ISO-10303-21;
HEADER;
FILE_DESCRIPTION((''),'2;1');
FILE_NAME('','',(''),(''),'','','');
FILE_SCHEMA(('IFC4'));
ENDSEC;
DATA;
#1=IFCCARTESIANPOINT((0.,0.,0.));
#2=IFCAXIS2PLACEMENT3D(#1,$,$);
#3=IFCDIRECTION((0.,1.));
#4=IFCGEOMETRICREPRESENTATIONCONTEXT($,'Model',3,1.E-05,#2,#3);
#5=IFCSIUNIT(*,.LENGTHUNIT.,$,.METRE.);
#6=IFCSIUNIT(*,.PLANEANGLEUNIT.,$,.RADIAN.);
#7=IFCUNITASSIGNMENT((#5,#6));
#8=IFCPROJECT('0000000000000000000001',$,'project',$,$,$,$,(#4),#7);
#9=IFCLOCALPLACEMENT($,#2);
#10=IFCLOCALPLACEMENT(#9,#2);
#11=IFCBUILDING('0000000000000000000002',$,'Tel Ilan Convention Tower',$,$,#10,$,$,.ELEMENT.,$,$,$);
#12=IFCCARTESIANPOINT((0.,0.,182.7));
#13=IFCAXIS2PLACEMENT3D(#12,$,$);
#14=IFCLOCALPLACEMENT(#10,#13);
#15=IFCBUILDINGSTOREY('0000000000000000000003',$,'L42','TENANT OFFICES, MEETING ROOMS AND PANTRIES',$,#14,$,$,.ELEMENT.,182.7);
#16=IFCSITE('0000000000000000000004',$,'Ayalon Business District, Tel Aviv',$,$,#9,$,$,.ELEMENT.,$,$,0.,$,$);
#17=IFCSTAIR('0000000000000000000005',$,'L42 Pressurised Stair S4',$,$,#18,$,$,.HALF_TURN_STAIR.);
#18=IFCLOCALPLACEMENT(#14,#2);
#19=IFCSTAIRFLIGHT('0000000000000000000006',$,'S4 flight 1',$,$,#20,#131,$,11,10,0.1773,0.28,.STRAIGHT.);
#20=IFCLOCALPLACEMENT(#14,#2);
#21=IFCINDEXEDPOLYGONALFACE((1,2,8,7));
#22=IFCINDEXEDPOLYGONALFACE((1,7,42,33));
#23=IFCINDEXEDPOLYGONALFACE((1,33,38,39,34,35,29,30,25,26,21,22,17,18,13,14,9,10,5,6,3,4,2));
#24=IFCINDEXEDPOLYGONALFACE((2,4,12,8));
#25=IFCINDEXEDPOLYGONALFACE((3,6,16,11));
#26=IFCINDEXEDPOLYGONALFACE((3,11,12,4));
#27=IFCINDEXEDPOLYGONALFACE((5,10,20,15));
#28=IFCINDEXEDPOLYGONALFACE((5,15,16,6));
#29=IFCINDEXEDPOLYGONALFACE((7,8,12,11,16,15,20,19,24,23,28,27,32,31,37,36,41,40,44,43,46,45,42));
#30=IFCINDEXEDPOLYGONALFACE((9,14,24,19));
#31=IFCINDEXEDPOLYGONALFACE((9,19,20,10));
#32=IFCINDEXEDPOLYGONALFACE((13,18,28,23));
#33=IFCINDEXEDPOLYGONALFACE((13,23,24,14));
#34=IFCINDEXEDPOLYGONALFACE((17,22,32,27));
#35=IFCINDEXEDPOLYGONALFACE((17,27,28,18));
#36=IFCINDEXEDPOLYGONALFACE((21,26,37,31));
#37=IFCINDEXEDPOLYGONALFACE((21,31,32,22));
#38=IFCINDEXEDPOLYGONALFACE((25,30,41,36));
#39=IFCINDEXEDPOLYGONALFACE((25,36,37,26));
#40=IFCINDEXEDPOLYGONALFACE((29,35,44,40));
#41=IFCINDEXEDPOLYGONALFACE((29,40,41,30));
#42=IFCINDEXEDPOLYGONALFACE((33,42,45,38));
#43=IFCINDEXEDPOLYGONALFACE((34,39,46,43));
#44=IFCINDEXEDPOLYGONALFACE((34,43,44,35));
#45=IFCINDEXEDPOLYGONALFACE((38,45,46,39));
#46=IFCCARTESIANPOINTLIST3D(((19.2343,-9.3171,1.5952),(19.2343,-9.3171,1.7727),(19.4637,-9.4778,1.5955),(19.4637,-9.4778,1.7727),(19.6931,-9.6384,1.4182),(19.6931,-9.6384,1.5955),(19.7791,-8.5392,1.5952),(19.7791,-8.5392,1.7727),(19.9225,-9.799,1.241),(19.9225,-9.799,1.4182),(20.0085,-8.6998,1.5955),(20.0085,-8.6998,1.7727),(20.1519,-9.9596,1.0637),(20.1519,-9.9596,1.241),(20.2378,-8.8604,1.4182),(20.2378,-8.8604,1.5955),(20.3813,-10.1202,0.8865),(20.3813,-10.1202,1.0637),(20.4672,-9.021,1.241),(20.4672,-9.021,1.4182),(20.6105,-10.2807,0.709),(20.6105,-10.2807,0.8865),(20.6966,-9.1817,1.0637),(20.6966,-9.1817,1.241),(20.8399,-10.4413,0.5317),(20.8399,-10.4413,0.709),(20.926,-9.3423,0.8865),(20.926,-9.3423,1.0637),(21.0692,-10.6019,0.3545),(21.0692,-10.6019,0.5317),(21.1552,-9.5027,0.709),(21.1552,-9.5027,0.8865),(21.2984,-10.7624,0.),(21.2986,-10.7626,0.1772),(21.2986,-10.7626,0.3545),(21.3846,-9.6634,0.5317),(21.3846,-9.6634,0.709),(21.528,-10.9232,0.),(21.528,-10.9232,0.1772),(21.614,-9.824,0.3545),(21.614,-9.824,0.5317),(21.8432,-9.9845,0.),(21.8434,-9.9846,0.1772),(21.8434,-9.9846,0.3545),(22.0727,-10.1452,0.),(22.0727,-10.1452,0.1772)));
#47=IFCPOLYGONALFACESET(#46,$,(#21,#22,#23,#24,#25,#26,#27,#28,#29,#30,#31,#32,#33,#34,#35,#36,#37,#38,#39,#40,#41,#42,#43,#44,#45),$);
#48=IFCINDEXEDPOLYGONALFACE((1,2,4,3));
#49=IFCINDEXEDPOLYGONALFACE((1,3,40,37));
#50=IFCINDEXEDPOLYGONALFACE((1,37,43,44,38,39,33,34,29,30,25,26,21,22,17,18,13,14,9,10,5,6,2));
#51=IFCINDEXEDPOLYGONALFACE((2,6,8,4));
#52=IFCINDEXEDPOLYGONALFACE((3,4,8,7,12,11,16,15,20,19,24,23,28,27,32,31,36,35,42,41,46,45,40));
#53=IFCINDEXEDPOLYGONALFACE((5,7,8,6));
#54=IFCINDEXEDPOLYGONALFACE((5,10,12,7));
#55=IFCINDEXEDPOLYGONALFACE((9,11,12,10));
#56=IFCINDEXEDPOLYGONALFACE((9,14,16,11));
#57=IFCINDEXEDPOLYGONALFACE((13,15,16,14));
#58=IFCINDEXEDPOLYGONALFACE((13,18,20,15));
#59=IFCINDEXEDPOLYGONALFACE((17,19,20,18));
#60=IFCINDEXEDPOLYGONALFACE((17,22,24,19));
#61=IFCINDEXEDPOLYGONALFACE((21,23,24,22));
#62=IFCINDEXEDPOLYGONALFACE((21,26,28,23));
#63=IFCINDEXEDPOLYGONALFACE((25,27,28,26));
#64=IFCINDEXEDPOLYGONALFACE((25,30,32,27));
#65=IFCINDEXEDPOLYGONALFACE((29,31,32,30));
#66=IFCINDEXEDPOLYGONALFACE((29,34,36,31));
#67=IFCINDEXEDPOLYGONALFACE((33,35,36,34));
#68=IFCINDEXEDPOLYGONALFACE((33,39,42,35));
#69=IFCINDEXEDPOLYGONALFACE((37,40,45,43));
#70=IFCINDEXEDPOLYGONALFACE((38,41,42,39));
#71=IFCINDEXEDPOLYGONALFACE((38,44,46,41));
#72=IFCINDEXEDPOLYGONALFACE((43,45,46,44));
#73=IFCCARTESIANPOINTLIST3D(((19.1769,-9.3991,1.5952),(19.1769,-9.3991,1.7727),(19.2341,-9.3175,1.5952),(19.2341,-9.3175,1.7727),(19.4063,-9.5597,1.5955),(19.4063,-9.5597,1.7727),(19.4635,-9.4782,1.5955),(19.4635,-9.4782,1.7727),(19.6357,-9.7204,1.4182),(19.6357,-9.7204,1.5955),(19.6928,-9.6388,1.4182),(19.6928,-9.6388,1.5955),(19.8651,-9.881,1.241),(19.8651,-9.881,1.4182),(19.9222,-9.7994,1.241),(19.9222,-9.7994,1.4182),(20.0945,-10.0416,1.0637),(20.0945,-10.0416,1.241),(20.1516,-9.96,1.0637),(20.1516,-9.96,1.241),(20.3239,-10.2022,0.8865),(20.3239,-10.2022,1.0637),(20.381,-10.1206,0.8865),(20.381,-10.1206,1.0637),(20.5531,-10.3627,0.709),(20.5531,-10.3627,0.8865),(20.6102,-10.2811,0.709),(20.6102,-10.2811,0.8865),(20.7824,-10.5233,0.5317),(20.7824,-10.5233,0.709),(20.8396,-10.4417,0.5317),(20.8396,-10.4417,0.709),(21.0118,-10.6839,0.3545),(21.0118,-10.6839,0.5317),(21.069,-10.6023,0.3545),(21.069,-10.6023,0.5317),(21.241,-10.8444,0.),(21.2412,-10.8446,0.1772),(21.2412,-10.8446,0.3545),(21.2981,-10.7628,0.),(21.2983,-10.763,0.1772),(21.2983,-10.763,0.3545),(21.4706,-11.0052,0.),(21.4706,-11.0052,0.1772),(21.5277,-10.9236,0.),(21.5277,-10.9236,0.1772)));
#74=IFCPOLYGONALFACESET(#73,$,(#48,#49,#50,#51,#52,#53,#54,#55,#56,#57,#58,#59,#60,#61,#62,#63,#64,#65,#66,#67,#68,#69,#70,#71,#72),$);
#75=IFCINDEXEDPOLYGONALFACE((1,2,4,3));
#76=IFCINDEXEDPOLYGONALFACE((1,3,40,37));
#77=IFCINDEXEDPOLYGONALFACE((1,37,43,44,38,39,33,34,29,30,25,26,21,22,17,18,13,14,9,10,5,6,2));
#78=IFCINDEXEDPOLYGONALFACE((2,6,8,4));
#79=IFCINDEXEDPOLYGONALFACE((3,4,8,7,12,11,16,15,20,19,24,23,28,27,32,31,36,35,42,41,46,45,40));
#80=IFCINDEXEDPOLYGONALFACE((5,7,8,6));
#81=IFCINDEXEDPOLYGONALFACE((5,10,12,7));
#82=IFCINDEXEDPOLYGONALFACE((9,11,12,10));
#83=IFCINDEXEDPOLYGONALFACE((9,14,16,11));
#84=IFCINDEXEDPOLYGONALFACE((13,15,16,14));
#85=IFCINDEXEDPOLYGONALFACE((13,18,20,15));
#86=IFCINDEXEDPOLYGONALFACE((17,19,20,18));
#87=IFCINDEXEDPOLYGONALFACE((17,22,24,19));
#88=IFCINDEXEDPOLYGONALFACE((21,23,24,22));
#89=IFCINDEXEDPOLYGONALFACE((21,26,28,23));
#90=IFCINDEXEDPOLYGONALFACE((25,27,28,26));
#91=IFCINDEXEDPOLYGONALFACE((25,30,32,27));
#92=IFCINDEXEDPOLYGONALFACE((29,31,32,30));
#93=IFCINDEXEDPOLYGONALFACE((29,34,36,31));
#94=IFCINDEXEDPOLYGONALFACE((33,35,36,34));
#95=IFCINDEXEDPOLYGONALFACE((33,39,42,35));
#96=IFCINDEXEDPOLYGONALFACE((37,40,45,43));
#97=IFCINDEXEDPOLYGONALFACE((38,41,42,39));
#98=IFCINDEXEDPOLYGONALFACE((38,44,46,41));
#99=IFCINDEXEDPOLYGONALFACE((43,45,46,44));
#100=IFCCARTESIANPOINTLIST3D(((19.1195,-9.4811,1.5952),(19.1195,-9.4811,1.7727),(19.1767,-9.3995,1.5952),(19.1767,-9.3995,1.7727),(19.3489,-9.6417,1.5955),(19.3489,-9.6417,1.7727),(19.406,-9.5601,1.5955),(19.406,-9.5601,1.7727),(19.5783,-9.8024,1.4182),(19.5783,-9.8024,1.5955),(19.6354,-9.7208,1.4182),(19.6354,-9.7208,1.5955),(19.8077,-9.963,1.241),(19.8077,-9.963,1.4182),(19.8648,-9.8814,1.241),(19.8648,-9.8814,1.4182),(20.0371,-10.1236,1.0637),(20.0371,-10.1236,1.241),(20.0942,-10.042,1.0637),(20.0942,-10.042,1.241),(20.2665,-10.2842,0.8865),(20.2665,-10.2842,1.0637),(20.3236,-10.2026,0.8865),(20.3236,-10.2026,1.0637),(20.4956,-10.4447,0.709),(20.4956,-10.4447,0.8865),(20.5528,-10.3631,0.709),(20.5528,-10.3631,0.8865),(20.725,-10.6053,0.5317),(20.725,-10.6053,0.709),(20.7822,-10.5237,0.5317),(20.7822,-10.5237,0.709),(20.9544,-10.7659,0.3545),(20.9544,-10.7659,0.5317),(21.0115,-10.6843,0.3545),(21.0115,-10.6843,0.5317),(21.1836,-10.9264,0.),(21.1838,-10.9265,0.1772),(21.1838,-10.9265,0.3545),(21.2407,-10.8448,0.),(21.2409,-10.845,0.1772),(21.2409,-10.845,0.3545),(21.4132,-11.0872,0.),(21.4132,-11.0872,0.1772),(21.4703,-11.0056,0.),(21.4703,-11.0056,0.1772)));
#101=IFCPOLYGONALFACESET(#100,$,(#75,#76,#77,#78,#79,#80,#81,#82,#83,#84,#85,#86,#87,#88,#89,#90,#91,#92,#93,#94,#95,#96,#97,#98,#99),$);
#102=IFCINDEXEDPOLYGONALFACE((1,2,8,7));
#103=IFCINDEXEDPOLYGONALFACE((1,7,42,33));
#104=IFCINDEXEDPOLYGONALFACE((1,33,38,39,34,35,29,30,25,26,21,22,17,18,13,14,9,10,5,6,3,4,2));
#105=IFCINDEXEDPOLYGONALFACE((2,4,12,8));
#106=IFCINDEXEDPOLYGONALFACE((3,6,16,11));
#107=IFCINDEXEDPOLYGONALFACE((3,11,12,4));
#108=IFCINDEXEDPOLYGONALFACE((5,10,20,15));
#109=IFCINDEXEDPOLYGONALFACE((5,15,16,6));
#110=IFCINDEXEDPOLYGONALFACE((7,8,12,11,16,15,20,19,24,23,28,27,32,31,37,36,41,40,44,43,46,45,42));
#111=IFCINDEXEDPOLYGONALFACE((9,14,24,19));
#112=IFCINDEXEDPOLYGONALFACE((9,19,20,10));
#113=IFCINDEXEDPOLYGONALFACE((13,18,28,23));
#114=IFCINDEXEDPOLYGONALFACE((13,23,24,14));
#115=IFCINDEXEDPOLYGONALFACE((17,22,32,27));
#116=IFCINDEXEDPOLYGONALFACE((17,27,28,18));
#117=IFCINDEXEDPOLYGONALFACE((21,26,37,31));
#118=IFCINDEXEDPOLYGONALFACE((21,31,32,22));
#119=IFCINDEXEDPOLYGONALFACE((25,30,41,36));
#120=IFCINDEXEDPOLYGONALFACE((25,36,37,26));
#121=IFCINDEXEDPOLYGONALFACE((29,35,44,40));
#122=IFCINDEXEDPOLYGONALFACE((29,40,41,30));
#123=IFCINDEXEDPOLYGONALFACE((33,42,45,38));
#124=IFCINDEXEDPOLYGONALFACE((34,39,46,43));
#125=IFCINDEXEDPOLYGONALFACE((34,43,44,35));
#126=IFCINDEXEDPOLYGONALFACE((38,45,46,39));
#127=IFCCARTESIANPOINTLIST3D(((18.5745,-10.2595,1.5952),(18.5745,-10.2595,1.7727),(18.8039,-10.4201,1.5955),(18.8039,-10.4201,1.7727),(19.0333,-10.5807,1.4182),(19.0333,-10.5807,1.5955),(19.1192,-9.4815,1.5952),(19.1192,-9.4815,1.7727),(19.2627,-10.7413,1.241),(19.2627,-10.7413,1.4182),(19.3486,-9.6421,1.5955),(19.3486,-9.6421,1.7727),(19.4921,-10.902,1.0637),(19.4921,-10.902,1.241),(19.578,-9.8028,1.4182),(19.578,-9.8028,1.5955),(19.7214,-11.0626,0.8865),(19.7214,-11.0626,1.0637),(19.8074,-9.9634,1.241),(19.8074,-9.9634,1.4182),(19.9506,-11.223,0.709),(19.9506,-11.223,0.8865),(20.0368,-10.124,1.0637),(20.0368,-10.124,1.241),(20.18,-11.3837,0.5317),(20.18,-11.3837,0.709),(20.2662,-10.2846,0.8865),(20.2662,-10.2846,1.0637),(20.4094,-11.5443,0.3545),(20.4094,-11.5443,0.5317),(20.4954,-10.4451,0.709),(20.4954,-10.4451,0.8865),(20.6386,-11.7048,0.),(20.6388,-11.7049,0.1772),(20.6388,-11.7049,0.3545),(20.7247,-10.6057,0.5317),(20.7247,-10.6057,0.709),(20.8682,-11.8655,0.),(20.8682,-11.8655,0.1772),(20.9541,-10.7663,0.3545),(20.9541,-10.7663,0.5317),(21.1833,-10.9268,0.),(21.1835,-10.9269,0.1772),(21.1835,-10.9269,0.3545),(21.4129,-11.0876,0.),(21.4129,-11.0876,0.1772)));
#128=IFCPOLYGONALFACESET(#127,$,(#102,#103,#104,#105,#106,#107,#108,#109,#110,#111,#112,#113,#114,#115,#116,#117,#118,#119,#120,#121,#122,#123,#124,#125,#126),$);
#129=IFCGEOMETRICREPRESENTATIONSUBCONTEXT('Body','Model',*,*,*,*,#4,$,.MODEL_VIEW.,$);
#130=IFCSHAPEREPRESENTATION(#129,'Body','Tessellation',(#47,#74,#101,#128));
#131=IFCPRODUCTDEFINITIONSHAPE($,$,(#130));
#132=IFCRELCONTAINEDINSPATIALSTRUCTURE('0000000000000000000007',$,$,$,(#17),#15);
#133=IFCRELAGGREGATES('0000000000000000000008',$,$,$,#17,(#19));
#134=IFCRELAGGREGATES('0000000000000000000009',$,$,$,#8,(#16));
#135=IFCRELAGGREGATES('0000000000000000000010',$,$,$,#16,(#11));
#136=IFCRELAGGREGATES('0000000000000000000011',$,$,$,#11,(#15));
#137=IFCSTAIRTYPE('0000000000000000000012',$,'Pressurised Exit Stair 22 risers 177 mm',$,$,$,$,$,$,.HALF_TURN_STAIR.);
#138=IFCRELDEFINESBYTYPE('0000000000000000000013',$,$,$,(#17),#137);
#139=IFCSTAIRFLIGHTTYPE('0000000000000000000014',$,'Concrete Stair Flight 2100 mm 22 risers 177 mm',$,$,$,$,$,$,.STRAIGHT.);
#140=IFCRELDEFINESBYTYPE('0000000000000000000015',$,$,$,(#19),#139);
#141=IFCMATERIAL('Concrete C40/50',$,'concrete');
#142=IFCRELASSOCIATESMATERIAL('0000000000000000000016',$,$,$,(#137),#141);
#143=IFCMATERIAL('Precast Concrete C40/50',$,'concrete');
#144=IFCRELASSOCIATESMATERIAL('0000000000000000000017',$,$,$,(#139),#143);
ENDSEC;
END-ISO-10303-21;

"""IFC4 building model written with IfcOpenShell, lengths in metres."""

from ifc_helpers import new_model, si_unit, direction, frame, origin, place, context, subcontext, project, spatial, polyline, outline, extrude, material, type_object, element, aggregate, save


model = new_model("IFC4")

# Units and contexts
model_context = context("Model", 3, precision=1e-05, world=origin(), true_north=direction((0.0, 1.0)))
body_context = subcontext(model_context, "Body", "Model", "MODEL_VIEW")
ifc_project = project(units=[si_unit("LENGTHUNIT", "METRE"), si_unit("PLANEANGLEUNIT", "RADIAN")], contexts=[model_context])

# Site, building, storey
site_placement = place(None, origin())
site = spatial("IfcSite", under=ifc_project, at=site_placement, Name="Ayalon Business District, Tel Aviv", CompositionType="ELEMENT", RefElevation=0.0)
building_placement = place(site_placement, origin())
building = spatial("IfcBuilding", under=site, at=building_placement, Name="Tel Ilan Convention Tower", CompositionType="ELEMENT")
storey_placement = place(building_placement, frame((0.0, 0.0, 182.7)))
storey = spatial("IfcBuildingStorey", under=building, at=storey_placement, Name="L42", Description="TENANT OFFICES, MEETING ROOMS AND PANTRIES", CompositionType="ELEMENT", Elevation=182.7)

# Shared definitions
ifc_material_1 = material(Name="Concrete C40/50", Category="concrete")
stair_type = type_object("IfcStairType", Name="Pressurised Exit Stair 22 risers 177 mm", PredefinedType="HALF_TURN_STAIR", material=ifc_material_1)
ifc_material_2 = material(Name="Precast Concrete C40/50", Category="concrete")
stair_flight_type = type_object("IfcStairFlightType", Name="Concrete Stair Flight 2100 mm 22 risers 177 mm", PredefinedType="STRAIGHT", material=ifc_material_2)

# Stair, stair flight
stair_1_placement = place(storey_placement, origin())
stair_1 = element("IfcStair", 1, at=stair_1_placement, inside=storey, type_object=stair_type, Name="L42 Pressurised Stair S4", PredefinedType="HALF_TURN_STAIR")
stair_flight_1_placement = place(storey_placement, frame((21.4705, -11.0054, 0.0), z_axis=(0.0, 0.0, 1.0), x_axis=(-0.819152, 0.573576, 0.0)))
stair_flight_1 = element("IfcStairFlight", 2, at=stair_flight_1_placement, type_object=stair_flight_type, Name="S4 flight 1", NumberOfRisers=11, NumberOfTreads=10, PredefinedType="STRAIGHT", RiserHeight=0.1773, TreadLength=0.28, context=body_context, shape_type="SweptSolid", body=[
    extrude(outline(polyline([(0.0, 0.0), (0.0, 0.1772), (0.28, 0.1772), (0.28, 0.3545), (0.5601, 0.3545), (0.5601, 0.5317), (0.8401, 0.5317), (0.8401, 0.709), (1.1201, 0.709), (1.1201, 0.8865), (1.3999, 0.8865), (1.3999, 1.0637), (1.6799, 1.0637), (1.6799, 1.241), (1.96, 1.241), (1.96, 1.4182), (2.24, 1.4182), (2.24, 1.5955), (2.52, 1.5955), (2.52, 1.7727), (2.8, 1.7727), (2.8, 1.95), (2.8, 1.5952), (0.2803, 0.0), (0.0, 0.0)])), frame((0.0, -0.1003, 0.0), z_axis=(0.0, -1.0, 0.0), x_axis=(1.0, 0.0, 0.0)), (0.0, 0.0, 1.0), 0.9497),
    extrude(outline(polyline([(0.0, 0.0), (0.0, 0.1772), (0.28, 0.1772), (0.28, 0.3545), (0.5601, 0.3545), (0.5601, 0.5317), (0.8401, 0.5317), (0.8401, 0.709), (1.1201, 0.709), (1.1201, 0.8865), (1.3999, 0.8865), (1.3999, 1.0637), (1.6799, 1.0637), (1.6799, 1.241), (1.96, 1.241), (1.96, 1.4182), (2.24, 1.4182), (2.24, 1.5955), (2.52, 1.5955), (2.52, 1.7727), (2.8, 1.7727), (2.8, 1.95), (2.8, 1.5952), (0.2803, 0.0), (0.0, 0.0)])), frame((0.0, -0.0002, 0.0), z_axis=(0.0, -1.0, 0.0), x_axis=(1.0, 0.0, 0.0)), (0.0, 0.0, 1.0), 0.0996),
    extrude(outline(polyline([(0.0, 0.0), (0.0, 0.1772), (0.28, 0.1772), (0.28, 0.3545), (0.5601, 0.3545), (0.5601, 0.5317), (0.8401, 0.5317), (0.8401, 0.709), (1.1201, 0.709), (1.1201, 0.8865), (1.3999, 0.8865), (1.3999, 1.0637), (1.6799, 1.0637), (1.6799, 1.241), (1.96, 1.241), (1.96, 1.4182), (2.24, 1.4182), (2.24, 1.5955), (2.52, 1.5955), (2.52, 1.7727), (2.8, 1.7727), (2.8, 1.95), (2.8, 1.5952), (0.2803, 0.0), (0.0, 0.0)])), frame((0.0, 0.0999, 0.0), z_axis=(0.0, -1.0, 0.0), x_axis=(1.0, 0.0, 0.0)), (0.0, 0.0, 1.0), 0.0996),
    extrude(outline(polyline([(0.0, 0.0), (0.0, 0.1772), (0.28, 0.1772), (0.28, 0.3545), (0.5601, 0.3545), (0.5601, 0.5317), (0.8401, 0.5317), (0.8401, 0.709), (1.1201, 0.709), (1.1201, 0.8865), (1.3999, 0.8865), (1.3999, 1.0637), (1.6799, 1.0637), (1.6799, 1.241), (1.96, 1.241), (1.96, 1.4182), (2.24, 1.4182), (2.24, 1.5955), (2.52, 1.5955), (2.52, 1.7727), (2.8, 1.7727), (2.8, 1.95), (2.8, 1.5952), (0.2803, 0.0), (0.0, 0.0)])), frame((0.0, 1.05, 0.0), z_axis=(0.0, -1.0, 0.0), x_axis=(1.0, 0.0, 0.0)), (0.0, 0.0, 1.0), 0.9497),
])
aggregate(stair_1, [stair_flight_1])

save(model, "model.ifc")
